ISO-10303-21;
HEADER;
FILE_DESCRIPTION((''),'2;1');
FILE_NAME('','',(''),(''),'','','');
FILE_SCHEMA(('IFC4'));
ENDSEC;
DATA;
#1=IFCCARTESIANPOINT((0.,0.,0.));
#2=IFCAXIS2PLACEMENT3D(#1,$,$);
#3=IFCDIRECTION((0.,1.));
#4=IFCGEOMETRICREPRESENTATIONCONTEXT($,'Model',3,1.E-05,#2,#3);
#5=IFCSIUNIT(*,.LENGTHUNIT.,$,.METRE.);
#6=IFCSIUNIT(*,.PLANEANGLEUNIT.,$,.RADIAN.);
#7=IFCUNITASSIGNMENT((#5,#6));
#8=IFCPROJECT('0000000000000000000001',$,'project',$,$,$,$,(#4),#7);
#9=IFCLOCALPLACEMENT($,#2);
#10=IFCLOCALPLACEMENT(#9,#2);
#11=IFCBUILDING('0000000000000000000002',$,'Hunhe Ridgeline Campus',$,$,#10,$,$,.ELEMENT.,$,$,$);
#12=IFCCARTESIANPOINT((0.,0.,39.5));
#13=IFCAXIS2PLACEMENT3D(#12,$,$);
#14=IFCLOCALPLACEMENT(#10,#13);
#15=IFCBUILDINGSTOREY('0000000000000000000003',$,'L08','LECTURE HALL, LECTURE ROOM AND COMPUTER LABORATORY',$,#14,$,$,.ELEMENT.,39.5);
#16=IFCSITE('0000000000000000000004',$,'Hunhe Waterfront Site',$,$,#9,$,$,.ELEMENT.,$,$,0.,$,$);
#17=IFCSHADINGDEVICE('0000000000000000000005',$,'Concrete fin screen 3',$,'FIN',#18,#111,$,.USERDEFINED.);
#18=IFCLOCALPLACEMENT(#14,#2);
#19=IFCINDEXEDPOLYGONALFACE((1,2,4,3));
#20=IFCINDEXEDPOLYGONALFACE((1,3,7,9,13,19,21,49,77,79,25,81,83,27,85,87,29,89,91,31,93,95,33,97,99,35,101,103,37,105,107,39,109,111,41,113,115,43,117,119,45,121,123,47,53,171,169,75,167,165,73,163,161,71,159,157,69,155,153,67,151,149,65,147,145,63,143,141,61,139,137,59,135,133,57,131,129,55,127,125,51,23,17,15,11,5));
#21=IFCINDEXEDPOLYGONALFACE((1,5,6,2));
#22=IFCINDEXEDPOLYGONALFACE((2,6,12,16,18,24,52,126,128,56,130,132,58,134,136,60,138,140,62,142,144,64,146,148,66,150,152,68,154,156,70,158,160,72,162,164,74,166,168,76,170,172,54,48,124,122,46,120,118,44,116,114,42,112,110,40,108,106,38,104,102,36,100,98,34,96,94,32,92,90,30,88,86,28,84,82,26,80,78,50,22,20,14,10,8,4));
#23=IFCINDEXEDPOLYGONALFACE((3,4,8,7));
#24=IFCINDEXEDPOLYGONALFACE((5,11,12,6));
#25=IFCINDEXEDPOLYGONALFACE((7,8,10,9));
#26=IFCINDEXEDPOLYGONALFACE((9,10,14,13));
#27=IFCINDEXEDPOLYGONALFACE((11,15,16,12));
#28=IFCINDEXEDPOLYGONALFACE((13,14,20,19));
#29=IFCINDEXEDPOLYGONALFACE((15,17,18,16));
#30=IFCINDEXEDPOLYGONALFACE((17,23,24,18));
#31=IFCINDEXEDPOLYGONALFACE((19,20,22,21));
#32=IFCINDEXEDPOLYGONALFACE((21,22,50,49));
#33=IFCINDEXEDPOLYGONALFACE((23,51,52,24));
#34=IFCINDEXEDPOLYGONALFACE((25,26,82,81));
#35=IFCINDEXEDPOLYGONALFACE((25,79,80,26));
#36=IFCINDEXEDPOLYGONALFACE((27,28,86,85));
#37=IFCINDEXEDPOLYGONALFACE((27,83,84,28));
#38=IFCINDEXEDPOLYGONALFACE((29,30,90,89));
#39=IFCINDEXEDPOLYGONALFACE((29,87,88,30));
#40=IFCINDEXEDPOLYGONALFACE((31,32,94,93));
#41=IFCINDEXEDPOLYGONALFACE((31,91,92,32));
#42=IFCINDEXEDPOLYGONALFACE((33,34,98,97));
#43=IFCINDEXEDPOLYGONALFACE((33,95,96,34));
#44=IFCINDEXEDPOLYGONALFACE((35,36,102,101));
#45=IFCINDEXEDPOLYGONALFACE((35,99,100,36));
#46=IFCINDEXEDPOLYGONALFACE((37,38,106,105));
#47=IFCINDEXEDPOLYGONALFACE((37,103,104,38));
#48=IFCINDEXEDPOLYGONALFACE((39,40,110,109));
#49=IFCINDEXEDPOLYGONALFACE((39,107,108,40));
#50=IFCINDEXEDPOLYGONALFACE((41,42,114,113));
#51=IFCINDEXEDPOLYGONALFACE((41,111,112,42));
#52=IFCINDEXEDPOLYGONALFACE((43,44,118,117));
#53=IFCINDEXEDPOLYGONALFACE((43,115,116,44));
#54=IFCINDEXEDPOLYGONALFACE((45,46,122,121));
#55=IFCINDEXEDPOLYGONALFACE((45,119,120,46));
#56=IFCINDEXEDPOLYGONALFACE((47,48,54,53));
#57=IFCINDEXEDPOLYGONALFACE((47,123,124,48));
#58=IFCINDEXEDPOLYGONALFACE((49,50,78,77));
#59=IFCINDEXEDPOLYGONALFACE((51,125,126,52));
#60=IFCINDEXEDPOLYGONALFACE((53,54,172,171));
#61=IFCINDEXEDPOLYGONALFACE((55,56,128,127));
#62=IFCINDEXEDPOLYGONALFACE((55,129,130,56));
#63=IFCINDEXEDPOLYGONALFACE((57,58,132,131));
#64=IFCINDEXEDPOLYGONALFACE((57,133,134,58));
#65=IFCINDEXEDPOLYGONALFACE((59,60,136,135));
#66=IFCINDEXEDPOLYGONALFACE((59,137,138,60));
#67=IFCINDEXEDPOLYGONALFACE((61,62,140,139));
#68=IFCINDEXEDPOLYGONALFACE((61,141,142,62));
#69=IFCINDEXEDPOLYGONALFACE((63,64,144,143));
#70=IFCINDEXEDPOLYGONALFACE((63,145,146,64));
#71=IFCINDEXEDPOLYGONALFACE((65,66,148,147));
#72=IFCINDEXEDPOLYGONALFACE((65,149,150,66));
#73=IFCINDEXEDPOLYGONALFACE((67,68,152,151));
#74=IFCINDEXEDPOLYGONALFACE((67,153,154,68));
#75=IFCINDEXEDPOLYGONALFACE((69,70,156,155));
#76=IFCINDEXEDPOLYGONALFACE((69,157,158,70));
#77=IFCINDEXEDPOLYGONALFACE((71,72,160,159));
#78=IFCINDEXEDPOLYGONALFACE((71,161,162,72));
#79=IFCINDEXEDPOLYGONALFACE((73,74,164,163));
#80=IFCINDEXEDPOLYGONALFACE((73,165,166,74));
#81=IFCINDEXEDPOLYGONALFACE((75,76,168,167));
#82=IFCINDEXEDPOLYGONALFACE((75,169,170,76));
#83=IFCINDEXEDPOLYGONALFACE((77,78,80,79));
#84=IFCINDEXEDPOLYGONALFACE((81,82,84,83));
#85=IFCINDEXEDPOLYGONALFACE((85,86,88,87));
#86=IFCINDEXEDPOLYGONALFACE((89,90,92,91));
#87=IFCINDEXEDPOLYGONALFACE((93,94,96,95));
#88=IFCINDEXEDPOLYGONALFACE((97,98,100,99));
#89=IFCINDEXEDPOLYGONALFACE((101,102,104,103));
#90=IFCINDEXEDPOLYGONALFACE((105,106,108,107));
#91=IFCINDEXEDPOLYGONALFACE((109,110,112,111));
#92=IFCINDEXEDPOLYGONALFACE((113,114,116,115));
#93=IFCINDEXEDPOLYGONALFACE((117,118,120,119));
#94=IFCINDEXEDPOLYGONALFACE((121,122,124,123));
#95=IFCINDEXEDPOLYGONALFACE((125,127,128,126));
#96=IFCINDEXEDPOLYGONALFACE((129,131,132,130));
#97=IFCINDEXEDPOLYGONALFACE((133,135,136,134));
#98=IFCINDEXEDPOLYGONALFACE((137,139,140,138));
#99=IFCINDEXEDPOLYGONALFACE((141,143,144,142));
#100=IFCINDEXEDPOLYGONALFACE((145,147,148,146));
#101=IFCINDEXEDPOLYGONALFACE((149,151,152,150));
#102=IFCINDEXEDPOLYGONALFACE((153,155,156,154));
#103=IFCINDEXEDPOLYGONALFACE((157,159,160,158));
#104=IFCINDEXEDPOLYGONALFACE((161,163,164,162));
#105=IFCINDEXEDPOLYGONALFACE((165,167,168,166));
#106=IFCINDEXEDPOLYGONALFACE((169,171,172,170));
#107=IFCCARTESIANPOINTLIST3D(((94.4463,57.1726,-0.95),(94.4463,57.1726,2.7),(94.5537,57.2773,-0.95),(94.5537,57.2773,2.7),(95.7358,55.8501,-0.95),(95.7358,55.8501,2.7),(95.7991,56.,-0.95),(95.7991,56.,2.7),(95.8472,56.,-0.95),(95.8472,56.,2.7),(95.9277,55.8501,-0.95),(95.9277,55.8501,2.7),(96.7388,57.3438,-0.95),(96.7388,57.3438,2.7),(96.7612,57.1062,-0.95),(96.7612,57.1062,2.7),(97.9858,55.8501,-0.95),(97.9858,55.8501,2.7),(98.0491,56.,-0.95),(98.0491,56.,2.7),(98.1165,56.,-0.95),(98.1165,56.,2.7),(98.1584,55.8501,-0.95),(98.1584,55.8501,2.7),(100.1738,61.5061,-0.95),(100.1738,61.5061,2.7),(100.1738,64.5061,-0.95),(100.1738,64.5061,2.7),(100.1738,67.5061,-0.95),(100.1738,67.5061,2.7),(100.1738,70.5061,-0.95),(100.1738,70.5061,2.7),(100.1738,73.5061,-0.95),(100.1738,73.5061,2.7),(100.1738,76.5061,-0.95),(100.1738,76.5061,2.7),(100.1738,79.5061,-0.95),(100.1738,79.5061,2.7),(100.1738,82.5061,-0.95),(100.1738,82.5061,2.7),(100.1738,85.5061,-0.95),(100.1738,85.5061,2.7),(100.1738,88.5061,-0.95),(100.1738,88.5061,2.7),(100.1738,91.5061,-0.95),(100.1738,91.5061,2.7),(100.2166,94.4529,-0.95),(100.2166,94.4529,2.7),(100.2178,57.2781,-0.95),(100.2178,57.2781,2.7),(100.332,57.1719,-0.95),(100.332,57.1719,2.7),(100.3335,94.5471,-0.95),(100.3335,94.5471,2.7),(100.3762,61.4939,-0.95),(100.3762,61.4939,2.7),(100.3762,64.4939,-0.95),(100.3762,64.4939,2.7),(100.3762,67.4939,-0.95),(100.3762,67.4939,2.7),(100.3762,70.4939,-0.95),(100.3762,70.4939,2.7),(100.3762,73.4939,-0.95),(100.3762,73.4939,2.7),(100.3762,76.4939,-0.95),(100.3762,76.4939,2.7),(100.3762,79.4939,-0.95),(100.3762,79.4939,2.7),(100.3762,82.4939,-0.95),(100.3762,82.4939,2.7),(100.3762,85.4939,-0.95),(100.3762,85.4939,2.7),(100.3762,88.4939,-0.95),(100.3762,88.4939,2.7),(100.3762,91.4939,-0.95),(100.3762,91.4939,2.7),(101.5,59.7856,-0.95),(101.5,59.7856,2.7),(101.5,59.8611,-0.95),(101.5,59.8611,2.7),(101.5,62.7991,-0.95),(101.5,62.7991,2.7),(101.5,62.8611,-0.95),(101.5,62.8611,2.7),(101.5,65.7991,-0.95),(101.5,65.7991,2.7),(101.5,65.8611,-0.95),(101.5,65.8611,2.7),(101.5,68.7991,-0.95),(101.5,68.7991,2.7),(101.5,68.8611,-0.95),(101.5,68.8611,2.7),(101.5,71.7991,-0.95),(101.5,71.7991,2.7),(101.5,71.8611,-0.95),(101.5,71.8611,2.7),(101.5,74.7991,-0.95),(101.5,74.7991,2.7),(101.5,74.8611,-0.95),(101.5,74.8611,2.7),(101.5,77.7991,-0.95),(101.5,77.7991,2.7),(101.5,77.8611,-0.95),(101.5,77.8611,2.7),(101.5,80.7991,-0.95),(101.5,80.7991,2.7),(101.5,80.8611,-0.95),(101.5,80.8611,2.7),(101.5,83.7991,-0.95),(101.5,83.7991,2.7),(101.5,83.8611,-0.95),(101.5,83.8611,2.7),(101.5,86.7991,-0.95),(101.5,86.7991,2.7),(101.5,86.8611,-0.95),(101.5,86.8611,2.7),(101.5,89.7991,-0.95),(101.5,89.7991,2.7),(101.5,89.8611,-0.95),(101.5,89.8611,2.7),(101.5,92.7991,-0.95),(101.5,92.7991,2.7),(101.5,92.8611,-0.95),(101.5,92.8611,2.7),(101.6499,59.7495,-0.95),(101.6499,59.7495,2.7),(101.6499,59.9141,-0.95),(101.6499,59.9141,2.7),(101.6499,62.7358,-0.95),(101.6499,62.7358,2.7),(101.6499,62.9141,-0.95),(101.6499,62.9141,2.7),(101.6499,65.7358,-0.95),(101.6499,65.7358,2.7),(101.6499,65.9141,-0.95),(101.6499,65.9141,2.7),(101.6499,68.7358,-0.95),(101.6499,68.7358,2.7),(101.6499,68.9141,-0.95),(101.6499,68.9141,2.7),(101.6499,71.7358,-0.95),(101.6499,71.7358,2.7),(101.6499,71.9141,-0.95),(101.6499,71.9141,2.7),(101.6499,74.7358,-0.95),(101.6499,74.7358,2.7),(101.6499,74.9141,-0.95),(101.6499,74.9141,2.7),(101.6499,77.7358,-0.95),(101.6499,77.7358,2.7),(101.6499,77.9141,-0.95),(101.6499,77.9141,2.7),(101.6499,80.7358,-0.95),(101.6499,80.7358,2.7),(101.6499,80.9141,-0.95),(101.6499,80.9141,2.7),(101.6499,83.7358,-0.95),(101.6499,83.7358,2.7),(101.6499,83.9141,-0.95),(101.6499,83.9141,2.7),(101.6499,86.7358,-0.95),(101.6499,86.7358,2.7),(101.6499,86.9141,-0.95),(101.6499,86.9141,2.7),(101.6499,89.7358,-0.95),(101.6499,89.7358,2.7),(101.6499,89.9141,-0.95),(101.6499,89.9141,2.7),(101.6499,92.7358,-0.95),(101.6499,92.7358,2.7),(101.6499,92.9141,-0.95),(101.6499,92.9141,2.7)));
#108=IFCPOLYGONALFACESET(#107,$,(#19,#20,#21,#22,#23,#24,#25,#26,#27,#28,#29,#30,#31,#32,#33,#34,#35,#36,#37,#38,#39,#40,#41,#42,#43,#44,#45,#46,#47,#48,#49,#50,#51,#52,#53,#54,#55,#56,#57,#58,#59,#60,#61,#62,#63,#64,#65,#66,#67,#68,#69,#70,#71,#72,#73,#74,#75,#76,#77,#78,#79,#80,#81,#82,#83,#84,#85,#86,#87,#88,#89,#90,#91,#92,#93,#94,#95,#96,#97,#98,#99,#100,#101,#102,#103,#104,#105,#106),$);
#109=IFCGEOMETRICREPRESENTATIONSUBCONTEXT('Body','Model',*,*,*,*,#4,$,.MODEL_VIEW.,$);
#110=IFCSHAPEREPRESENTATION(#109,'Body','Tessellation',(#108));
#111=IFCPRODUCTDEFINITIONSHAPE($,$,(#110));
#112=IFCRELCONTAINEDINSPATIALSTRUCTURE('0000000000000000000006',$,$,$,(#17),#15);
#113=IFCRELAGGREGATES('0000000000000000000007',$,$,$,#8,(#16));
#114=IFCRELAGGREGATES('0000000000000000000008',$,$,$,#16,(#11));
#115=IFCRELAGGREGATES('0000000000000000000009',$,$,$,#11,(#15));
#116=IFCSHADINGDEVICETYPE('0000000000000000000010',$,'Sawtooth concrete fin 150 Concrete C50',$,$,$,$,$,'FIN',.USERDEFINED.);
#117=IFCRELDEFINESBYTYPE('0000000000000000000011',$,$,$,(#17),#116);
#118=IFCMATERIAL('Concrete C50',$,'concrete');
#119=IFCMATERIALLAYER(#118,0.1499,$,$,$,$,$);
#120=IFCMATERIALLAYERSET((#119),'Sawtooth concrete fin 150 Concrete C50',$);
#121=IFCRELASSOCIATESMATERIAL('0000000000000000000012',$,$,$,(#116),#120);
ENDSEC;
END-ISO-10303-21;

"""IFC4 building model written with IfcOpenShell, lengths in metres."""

from ifc_helpers import new_model, si_unit, direction, frame, origin, place, context, subcontext, project, spatial, polyline, outline, extrude, material, layer, layer_set, type_object, element, save


model = new_model("IFC4")

# Units and contexts
model_context = context("Model", 3, precision=1e-05, world=origin(), true_north=direction((0.0, 1.0)))
body_context = subcontext(model_context, "Body", "Model", "MODEL_VIEW")
ifc_project = project(units=[si_unit("LENGTHUNIT", "METRE"), si_unit("PLANEANGLEUNIT", "RADIAN")], contexts=[model_context])

# Site, building, storey
site_placement = place(None, origin())
site = spatial("IfcSite", under=ifc_project, at=site_placement, Name="Hunhe Waterfront Site", CompositionType="ELEMENT", RefElevation=0.0)
building_placement = place(site_placement, origin())
building = spatial("IfcBuilding", under=site, at=building_placement, Name="Hunhe Ridgeline Campus", CompositionType="ELEMENT")
storey_placement = place(building_placement, frame((0.0, 0.0, 39.5)))
storey = spatial("IfcBuildingStorey", under=building, at=storey_placement, Name="L08", Description="LECTURE HALL, LECTURE ROOM AND COMPUTER LABORATORY", CompositionType="ELEMENT", Elevation=39.5)

# Shading device
ifc_material_1 = material(Name="Concrete C50", Category="concrete")
ifc_layer_1 = layer(ifc_material_1, 0.1499)
ifc_layer_set_1 = layer_set([ifc_layer_1], Name="Sawtooth concrete fin 150 Concrete C50")
shading_device_type = type_object("IfcShadingDeviceType", Name="Sawtooth concrete fin 150 Concrete C50", ElementType="FIN", PredefinedType="USERDEFINED", material=ifc_layer_set_1)
shading_device_1_placement = place(storey_placement, frame((0.0, 0.0, -0.95)))
element("IfcShadingDevice", 1, at=shading_device_1_placement, inside=storey, type_object=shading_device_type, Name="Concrete fin screen 3", ObjectType="FIN", PredefinedType="USERDEFINED", context=body_context, shape_type="SweptSolid", body=[
    extrude(outline(polyline([(94.5537, 57.2773), (94.4463, 57.1726), (95.7358, 55.8501), (95.9277, 55.8501), (96.7612, 57.1062), (97.9858, 55.8501), (98.1584, 55.8501), (100.332, 57.1719), (101.6499, 59.7495), (101.6499, 59.9141), (100.3762, 61.4939), (101.6499, 62.7358), (101.6499, 62.9141), (100.3762, 64.4939), (101.6499, 65.7358), (101.6499, 65.9141), (100.3762, 67.4939), (101.6499, 68.7358), (101.6499, 68.9141), (100.3762, 70.4939), (101.6499, 71.7358), (101.6499, 71.9141), (100.3762, 73.4939), (101.6499, 74.7358), (101.6499, 74.9141), (100.3762, 76.4939), (101.6499, 77.7358), (101.6499, 77.9141), (100.3762, 79.4939), (101.6499, 80.7358), (101.6499, 80.9141), (100.3762, 82.4939), (101.6499, 83.7358), (101.6499, 83.9141), (100.3762, 85.4939), (101.6499, 86.7358), (101.6499, 86.9141), (100.3762, 88.4939), (101.6499, 89.7358), (101.6499, 89.9141), (100.3762, 91.4939), (101.6499, 92.7358), (101.6499, 92.9141), (100.3335, 94.5471), (100.2166, 94.4529), (101.5, 92.8611), (101.5, 92.7991), (100.1738, 91.5061), (101.5, 89.8611), (101.5, 89.7991), (100.1738, 88.5061), (101.5, 86.8611), (101.5, 86.7991), (100.1738, 85.5061), (101.5, 83.8611), (101.5, 83.7991), (100.1738, 82.5061), (101.5, 80.8611), (101.5, 80.7991), (100.1738, 79.5061), (101.5, 77.8611), (101.5, 77.7991), (100.1738, 76.5061), (101.5, 74.8611), (101.5, 74.7991), (100.1738, 73.5061), (101.5, 71.8611), (101.5, 71.7991), (100.1738, 70.5061), (101.5, 68.8611), (101.5, 68.7991), (100.1738, 67.5061), (101.5, 65.8611), (101.5, 65.7991), (100.1738, 64.5061), (101.5, 62.8611), (101.5, 62.7991), (100.1738, 61.5061), (101.5, 59.8611), (101.5, 59.7856), (100.2178, 57.2781), (98.1165, 56.0), (98.0491, 56.0), (96.7388, 57.3438), (95.8472, 56.0), (95.7991, 56.0), (94.5537, 57.2773)])), origin(), (0.0, 0.0, 1.0), 3.6499),
])

save(model, "model.ifc")
